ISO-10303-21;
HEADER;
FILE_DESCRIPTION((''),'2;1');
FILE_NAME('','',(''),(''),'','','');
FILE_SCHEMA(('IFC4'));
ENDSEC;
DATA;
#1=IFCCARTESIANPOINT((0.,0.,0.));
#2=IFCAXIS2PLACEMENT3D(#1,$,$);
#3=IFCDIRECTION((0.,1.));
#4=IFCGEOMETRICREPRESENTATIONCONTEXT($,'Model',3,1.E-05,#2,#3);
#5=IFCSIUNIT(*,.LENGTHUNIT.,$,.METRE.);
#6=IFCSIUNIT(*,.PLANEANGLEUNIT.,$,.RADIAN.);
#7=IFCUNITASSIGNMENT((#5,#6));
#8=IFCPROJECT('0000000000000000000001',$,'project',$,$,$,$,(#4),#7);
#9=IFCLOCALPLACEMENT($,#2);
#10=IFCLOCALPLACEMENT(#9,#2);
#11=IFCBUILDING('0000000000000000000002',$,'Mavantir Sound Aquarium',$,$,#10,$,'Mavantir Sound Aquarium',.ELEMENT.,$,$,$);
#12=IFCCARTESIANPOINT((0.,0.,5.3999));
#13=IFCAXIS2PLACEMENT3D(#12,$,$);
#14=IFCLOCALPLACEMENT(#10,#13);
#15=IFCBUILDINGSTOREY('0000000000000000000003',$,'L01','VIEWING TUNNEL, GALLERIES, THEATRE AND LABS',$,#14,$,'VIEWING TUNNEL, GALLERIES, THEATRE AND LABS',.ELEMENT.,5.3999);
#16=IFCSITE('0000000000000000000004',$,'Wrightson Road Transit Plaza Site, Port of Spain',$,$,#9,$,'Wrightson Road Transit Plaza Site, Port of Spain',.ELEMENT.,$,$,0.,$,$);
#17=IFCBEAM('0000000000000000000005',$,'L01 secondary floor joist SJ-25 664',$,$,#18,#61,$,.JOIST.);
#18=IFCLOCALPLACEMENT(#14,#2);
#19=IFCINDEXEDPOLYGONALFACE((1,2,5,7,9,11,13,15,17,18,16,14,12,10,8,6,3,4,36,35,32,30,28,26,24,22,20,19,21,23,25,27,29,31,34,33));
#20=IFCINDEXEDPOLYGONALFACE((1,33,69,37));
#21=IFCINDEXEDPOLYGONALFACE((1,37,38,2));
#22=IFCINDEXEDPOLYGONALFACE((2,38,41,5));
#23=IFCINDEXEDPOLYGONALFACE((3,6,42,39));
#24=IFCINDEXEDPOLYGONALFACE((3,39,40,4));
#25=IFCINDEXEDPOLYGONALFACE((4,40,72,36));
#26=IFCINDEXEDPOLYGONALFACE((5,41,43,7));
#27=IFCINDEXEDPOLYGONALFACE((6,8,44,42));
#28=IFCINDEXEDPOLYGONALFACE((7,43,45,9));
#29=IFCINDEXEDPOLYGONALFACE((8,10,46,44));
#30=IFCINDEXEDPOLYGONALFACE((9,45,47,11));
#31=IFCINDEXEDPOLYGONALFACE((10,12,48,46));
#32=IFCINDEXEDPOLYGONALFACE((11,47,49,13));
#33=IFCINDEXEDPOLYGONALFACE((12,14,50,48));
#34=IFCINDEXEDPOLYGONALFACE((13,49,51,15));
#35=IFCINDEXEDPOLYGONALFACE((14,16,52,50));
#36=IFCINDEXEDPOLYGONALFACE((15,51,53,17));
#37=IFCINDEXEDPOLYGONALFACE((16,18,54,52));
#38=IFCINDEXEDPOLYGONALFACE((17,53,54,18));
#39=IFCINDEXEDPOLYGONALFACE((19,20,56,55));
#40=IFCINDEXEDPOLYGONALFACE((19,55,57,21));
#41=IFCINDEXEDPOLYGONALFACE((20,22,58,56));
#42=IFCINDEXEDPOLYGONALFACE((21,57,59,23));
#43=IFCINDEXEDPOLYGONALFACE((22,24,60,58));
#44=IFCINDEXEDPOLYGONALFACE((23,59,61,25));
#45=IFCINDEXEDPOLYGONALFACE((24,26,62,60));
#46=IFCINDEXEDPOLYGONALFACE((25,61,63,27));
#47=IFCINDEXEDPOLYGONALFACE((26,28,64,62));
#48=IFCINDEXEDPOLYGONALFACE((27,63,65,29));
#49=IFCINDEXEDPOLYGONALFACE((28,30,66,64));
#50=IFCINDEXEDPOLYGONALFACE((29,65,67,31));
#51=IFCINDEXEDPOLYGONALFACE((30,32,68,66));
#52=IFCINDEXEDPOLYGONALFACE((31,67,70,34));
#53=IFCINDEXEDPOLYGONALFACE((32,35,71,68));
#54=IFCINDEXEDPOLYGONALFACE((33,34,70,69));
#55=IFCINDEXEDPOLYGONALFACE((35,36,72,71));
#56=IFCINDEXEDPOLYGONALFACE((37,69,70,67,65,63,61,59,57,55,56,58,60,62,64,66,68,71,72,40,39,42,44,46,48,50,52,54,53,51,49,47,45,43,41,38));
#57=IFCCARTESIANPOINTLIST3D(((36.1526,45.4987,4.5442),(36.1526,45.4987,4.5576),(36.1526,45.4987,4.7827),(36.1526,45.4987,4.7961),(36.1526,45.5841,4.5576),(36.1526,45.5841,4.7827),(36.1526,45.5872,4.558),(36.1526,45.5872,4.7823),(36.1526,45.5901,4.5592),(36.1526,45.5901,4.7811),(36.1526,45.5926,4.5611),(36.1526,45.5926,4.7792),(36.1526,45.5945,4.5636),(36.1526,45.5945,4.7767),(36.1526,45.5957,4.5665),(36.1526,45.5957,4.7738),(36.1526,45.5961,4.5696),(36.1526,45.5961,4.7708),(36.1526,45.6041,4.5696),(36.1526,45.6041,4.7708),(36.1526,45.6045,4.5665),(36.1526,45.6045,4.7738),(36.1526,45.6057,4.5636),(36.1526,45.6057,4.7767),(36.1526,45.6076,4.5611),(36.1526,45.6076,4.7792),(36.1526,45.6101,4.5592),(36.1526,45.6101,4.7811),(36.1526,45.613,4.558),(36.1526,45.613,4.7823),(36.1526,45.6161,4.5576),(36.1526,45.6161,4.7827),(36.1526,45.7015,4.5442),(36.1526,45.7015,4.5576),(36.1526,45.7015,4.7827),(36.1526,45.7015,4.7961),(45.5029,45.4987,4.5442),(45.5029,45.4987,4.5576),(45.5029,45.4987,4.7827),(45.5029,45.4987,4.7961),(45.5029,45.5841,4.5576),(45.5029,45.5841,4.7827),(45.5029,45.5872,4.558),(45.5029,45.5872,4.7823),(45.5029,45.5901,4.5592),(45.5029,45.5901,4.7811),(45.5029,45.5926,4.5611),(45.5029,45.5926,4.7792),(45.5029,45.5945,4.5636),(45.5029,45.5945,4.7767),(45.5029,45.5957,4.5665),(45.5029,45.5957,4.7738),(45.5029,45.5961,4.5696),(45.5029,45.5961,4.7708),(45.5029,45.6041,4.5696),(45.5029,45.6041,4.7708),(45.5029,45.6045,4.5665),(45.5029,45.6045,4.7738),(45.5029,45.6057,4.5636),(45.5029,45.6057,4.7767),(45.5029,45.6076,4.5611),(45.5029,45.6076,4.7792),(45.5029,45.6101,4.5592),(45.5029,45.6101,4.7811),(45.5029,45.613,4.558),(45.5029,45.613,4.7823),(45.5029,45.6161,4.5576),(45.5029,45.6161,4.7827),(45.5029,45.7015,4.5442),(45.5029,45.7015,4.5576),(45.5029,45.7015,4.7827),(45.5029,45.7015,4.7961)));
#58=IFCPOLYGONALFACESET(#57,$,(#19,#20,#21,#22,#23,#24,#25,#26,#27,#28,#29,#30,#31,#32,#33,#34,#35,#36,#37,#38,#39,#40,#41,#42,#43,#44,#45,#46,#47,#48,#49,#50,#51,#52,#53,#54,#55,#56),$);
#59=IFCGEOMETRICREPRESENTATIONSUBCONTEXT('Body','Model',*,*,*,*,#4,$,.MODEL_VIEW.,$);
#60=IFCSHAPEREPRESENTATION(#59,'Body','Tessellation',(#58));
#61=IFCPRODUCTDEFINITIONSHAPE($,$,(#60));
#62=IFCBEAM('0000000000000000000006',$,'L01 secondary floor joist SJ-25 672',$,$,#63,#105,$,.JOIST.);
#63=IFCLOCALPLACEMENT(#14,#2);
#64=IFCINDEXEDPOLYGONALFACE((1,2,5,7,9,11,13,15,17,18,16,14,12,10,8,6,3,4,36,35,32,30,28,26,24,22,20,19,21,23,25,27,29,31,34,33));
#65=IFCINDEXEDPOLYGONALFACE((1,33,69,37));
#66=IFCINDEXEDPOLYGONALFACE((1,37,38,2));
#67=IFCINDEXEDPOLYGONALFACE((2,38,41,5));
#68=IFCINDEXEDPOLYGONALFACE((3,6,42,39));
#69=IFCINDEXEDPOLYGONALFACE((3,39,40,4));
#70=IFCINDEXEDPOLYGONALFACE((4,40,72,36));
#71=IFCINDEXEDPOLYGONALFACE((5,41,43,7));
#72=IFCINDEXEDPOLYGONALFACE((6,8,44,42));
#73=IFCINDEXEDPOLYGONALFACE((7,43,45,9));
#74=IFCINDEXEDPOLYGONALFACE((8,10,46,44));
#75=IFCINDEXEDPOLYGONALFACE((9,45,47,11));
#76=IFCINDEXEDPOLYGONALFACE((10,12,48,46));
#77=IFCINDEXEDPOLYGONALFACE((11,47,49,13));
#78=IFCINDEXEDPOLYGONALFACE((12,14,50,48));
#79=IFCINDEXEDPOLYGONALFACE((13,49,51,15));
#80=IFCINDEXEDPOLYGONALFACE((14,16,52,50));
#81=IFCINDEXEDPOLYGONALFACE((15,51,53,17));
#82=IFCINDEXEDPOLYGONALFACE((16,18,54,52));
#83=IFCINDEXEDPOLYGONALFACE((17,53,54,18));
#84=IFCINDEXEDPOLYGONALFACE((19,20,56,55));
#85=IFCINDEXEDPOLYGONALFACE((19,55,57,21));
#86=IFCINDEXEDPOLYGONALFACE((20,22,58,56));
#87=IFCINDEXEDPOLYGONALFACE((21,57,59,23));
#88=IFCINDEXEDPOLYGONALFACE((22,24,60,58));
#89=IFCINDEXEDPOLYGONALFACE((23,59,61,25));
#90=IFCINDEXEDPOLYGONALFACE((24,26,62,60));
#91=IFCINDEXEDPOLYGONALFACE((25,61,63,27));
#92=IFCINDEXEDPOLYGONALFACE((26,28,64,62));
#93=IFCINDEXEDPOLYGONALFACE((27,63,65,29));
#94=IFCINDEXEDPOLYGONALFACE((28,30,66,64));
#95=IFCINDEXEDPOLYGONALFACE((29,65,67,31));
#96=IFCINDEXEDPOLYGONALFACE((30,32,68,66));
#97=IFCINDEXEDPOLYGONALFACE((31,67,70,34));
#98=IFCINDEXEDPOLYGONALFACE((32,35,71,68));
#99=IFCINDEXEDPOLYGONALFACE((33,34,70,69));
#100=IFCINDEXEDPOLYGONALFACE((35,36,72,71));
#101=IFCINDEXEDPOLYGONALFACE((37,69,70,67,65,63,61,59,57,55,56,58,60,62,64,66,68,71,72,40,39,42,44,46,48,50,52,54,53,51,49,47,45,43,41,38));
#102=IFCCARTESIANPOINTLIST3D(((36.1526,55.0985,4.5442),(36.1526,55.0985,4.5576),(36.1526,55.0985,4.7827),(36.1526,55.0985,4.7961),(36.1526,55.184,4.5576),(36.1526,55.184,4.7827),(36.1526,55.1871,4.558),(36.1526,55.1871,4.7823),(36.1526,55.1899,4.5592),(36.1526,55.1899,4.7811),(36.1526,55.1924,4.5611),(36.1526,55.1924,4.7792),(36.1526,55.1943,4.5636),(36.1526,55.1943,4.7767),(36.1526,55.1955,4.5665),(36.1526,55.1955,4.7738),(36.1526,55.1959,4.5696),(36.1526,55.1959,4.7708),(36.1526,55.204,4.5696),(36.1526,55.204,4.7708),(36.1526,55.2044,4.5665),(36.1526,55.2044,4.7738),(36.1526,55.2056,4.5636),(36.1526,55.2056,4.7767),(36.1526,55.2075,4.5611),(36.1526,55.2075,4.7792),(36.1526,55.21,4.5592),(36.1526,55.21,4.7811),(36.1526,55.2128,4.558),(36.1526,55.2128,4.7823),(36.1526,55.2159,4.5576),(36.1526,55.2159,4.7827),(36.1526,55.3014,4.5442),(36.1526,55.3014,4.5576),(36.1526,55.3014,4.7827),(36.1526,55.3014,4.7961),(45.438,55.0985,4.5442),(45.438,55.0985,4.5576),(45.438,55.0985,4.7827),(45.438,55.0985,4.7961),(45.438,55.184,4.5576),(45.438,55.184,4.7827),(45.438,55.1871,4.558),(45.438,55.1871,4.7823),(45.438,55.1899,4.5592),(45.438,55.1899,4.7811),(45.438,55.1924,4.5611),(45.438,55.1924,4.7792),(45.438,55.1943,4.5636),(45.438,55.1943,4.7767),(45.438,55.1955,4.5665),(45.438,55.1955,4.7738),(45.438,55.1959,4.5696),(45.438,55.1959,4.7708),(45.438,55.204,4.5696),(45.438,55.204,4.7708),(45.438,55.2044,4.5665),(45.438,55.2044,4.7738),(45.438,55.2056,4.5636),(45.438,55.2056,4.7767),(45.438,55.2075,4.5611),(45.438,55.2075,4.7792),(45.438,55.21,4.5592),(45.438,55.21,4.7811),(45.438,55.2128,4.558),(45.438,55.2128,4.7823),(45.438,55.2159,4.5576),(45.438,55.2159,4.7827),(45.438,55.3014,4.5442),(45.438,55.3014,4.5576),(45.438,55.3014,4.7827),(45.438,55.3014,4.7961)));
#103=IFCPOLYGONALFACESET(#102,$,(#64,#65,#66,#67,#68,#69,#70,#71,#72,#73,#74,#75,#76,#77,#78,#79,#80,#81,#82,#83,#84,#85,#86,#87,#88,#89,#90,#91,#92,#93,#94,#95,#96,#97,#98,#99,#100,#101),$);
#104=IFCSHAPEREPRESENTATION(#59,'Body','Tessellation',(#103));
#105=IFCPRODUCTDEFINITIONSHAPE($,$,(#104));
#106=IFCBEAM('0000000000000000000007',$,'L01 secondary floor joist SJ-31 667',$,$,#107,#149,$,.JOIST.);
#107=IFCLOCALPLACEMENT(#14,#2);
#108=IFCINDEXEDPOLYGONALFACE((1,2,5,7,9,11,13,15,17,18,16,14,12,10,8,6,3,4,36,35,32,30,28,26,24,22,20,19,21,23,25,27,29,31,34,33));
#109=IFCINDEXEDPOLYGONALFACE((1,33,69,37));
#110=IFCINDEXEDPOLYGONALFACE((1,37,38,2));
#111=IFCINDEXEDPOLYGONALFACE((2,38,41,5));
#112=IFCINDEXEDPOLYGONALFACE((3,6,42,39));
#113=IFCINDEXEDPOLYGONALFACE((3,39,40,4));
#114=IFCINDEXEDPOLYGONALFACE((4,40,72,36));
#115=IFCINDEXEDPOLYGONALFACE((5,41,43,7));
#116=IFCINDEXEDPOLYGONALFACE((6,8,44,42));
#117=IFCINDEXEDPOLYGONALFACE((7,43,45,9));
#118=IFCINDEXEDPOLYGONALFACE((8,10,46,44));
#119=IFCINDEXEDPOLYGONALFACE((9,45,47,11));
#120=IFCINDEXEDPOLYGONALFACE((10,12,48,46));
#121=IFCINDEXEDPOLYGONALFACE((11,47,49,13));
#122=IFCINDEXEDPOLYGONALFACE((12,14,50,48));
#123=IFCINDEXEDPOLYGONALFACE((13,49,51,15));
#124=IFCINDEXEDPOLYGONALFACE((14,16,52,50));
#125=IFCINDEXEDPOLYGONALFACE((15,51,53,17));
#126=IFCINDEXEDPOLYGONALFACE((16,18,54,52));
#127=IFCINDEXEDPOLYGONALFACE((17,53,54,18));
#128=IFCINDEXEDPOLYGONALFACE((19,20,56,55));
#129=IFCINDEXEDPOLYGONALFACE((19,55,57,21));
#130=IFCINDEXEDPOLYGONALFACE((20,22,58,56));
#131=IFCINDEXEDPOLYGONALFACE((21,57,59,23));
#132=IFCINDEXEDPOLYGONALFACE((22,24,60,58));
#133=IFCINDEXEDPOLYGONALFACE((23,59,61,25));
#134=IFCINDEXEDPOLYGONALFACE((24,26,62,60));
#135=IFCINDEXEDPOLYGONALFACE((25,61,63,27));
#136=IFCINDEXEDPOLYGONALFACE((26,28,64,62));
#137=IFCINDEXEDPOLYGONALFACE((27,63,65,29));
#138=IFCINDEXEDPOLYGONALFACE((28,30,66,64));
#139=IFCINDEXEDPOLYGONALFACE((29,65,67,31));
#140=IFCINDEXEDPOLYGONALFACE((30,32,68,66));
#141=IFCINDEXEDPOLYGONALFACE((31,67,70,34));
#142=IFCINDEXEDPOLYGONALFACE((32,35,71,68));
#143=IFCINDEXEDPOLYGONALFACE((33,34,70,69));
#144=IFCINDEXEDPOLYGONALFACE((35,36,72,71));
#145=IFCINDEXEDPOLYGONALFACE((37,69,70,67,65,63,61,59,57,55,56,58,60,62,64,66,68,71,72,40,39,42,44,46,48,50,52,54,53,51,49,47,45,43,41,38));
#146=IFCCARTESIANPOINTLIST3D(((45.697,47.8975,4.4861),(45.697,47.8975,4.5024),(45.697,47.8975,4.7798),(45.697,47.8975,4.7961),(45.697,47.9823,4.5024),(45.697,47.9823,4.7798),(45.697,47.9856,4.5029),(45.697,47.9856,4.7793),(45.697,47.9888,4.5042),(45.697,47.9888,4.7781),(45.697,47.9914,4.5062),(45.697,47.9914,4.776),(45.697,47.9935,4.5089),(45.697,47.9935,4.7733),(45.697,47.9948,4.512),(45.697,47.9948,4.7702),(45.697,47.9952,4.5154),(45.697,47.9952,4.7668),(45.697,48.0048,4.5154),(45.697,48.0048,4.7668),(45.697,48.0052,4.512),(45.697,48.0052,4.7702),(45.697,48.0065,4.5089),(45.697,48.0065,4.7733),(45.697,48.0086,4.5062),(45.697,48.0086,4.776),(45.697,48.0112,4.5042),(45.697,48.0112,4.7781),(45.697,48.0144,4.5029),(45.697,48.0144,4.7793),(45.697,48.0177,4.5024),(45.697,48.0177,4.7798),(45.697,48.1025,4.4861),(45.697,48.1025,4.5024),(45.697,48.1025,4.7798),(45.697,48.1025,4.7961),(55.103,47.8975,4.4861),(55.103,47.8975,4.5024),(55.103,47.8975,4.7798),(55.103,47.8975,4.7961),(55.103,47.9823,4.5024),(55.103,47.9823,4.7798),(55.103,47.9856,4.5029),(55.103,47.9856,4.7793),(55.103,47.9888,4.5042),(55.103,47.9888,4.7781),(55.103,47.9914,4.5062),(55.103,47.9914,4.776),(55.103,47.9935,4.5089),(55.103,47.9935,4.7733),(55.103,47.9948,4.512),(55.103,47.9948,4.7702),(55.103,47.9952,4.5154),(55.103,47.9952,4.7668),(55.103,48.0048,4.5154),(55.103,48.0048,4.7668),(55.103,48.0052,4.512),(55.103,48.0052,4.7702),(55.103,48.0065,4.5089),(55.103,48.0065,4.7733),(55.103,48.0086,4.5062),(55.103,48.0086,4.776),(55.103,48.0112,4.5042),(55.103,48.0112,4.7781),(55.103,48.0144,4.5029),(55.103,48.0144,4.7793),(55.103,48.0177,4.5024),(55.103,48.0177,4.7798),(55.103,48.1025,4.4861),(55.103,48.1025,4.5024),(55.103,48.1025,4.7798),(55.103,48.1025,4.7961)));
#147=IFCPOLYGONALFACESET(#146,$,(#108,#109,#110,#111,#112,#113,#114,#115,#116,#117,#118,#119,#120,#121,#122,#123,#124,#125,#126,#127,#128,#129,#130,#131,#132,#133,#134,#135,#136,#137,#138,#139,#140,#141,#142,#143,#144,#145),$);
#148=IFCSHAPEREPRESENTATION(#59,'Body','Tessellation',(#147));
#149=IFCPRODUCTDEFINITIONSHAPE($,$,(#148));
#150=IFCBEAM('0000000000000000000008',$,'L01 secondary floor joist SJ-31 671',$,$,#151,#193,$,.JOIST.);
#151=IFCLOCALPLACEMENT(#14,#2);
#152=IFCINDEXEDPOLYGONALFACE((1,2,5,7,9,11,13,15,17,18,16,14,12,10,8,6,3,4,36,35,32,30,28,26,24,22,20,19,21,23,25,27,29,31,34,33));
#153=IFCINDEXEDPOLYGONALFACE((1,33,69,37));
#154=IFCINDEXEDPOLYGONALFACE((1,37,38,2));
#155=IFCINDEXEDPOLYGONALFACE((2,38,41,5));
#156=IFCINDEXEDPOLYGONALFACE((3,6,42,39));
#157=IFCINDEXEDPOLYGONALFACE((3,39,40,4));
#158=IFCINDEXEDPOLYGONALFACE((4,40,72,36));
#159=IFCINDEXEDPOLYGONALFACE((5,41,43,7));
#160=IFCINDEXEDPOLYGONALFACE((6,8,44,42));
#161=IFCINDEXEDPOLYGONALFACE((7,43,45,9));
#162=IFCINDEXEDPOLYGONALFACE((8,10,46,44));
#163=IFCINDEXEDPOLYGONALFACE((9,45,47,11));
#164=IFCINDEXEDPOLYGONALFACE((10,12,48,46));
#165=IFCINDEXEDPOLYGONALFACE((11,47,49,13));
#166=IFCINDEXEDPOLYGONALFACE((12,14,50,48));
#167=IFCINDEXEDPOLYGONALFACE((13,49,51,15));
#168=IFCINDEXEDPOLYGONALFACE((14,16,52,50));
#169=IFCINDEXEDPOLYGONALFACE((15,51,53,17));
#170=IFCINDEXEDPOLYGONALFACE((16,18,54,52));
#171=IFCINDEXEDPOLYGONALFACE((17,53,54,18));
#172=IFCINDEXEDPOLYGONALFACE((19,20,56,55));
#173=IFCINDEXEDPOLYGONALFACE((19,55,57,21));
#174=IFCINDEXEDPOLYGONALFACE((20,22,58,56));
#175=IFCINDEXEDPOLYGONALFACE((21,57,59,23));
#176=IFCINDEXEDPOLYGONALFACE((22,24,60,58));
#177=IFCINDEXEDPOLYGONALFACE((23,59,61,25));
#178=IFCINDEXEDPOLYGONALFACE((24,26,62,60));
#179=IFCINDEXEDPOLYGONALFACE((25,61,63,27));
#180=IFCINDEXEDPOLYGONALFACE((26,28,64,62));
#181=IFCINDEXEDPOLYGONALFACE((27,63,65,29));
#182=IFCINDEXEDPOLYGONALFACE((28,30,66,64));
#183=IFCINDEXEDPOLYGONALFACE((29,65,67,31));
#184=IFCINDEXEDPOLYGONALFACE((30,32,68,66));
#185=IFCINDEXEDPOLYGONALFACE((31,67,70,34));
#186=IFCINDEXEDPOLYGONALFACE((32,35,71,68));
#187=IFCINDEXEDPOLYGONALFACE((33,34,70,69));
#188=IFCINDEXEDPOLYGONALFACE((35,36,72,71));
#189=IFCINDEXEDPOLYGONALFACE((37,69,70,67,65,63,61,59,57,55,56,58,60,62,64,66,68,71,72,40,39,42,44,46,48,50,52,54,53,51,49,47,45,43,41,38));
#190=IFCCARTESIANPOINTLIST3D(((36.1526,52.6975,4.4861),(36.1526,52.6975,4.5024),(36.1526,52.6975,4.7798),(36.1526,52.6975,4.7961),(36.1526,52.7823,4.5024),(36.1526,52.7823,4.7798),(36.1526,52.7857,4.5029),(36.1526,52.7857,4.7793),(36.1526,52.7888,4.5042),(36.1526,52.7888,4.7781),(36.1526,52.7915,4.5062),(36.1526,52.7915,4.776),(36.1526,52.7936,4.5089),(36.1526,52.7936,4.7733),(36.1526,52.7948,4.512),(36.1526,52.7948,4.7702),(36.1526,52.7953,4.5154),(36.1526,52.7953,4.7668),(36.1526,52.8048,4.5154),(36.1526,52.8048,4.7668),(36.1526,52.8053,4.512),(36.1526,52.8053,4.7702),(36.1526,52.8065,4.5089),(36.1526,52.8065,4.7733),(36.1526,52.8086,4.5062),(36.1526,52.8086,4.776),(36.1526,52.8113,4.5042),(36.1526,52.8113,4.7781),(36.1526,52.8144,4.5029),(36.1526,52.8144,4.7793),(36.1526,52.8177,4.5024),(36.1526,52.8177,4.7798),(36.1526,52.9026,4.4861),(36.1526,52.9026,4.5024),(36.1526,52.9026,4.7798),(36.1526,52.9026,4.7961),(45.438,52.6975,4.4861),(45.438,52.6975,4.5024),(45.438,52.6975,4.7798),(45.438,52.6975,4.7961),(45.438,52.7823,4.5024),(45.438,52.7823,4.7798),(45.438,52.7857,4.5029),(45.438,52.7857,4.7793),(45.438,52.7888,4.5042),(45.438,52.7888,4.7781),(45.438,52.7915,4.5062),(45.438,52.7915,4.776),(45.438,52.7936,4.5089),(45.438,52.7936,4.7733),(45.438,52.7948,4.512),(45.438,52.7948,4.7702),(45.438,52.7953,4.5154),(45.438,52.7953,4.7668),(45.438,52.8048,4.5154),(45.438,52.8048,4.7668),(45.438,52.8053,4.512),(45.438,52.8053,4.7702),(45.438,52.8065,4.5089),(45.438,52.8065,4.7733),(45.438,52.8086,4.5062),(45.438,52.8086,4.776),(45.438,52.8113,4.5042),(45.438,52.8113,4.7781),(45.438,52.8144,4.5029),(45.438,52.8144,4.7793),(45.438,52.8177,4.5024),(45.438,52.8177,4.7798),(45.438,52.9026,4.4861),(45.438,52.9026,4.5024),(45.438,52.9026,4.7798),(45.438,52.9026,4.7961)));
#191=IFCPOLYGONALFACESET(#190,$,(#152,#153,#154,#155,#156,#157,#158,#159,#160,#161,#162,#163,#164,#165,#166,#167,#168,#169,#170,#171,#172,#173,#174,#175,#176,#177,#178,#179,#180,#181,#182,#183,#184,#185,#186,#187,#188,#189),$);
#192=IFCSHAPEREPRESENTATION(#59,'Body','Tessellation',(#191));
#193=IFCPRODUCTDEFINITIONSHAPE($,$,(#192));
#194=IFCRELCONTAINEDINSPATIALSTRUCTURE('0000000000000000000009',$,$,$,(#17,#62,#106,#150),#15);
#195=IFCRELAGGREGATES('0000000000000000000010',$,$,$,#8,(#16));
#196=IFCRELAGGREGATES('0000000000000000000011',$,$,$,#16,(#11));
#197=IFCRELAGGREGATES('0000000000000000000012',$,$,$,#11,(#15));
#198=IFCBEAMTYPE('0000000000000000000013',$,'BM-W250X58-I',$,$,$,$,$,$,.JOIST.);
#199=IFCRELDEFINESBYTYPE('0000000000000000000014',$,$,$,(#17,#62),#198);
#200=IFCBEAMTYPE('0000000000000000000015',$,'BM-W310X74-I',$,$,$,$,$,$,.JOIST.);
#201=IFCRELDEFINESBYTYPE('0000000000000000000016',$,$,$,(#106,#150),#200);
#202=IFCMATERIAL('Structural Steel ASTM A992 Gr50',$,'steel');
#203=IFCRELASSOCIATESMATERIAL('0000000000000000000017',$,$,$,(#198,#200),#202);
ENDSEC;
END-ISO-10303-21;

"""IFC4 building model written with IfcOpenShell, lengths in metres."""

from ifc_helpers import new_model, si_unit, direction, frame, origin, origin_2d, place, context, subcontext, project, spatial, i_section, extrude, material, material_profile, profile_set, type_object, element, save


model = new_model("IFC4")

# Units and contexts
model_context = context("Model", 3, precision=1e-05, world=origin(), true_north=direction((0.0, 1.0)))
body_context = subcontext(model_context, "Body", "Model", "MODEL_VIEW")
ifc_project = project(units=[si_unit("LENGTHUNIT", "METRE"), si_unit("PLANEANGLEUNIT", "RADIAN")], contexts=[model_context])

# Site, building, storey
site_placement = place(None, origin())
site = spatial("IfcSite", under=ifc_project, at=site_placement, Name="Wrightson Road Transit Plaza Site, Port of Spain", LongName="Wrightson Road Transit Plaza Site, Port of Spain", CompositionType="ELEMENT", RefElevation=0.0)
building_placement = place(site_placement, origin())
building = spatial("IfcBuilding", under=site, at=building_placement, Name="Mavantir Sound Aquarium", LongName="Mavantir Sound Aquarium", CompositionType="ELEMENT")
storey_placement = place(building_placement, frame((0.0, 0.0, 5.3999)))
storey = spatial("IfcBuildingStorey", under=building, at=storey_placement, Name="L01", Description="VIEWING TUNNEL, GALLERIES, THEATRE AND LABS", LongName="VIEWING TUNNEL, GALLERIES, THEATRE AND LABS", CompositionType="ELEMENT", Elevation=5.3999)

# Beams
ifc_material_1 = material(Name="Structural Steel ASTM A992 Gr50", Category="steel")
ifc_material_profile_1 = material_profile(ifc_material_1, i_section(OverallWidth=0.2029, OverallDepth=0.252, WebThickness=0.0081, FlangeThickness=0.0134, FilletRadius=0.012, at=origin_2d()), Name="W250X58")
ifc_profile_set_1 = profile_set([ifc_material_profile_1], Name="Structural Steel ASTM A992 Gr50")
beam_type_1 = type_object("IfcBeamType", Name="BM-W250X58-I", PredefinedType="JOIST", material=ifc_profile_set_1)
beam_1_placement = place(storey_placement, frame((36.1526, 45.6001, 4.6702), z_axis=(1.0, 0.0, 0.0), x_axis=(0.0, 1.0, 0.0)))
element("IfcBeam", 1, at=beam_1_placement, inside=storey, type_object=beam_type_1, Name="L01 secondary floor joist SJ-25 664", PredefinedType="JOIST", context=body_context, shape_type="SweptSolid", body=[
    extrude(i_section(OverallWidth=0.2029, OverallDepth=0.252, WebThickness=0.0081, FlangeThickness=0.0134, FilletRadius=0.012, at=origin_2d()), origin(), (0.0, 0.0, 1.0), 9.3503),
])
beam_2_placement = place(storey_placement, frame((36.1526, 55.2, 4.6702), z_axis=(1.0, 0.0, 0.0), x_axis=(0.0, 1.0, 0.0)))
element("IfcBeam", 2, at=beam_2_placement, inside=storey, type_object=beam_type_1, Name="L01 secondary floor joist SJ-25 672", PredefinedType="JOIST", context=body_context, shape_type="SweptSolid", body=[
    extrude(i_section(OverallWidth=0.2029, OverallDepth=0.252, WebThickness=0.0081, FlangeThickness=0.0134, FilletRadius=0.012, at=origin_2d()), origin(), (0.0, 0.0, 1.0), 9.2854),
])
ifc_material_profile_2 = material_profile(ifc_material_1, i_section(OverallWidth=0.2051, OverallDepth=0.3101, WebThickness=0.0095, FlangeThickness=0.0164, FilletRadius=0.0129, at=origin_2d()), Name="W310X74")
ifc_profile_set_2 = profile_set([ifc_material_profile_2], Name="Structural Steel ASTM A992 Gr50")
beam_type_2 = type_object("IfcBeamType", Name="BM-W310X74-I", PredefinedType="JOIST", material=ifc_profile_set_2)
beam_3_placement = place(storey_placement, frame((45.697, 48.0, 4.6411), z_axis=(1.0, 0.0, 0.0), x_axis=(0.0, 1.0, 0.0)))
element("IfcBeam", 3, at=beam_3_placement, inside=storey, type_object=beam_type_2, Name="L01 secondary floor joist SJ-31 667", PredefinedType="JOIST", context=body_context, shape_type="SweptSolid", body=[
    extrude(i_section(OverallWidth=0.2051, OverallDepth=0.3101, WebThickness=0.0095, FlangeThickness=0.0164, FilletRadius=0.0129, at=origin_2d()), origin(), (0.0, 0.0, 1.0), 9.406),
])
beam_4_placement = place(storey_placement, frame((36.1526, 52.8, 4.6411), z_axis=(1.0, 0.0, 0.0), x_axis=(0.0, 1.0, 0.0)))
element("IfcBeam", 4, at=beam_4_placement, inside=storey, type_object=beam_type_2, Name="L01 secondary floor joist SJ-31 671", PredefinedType="JOIST", context=body_context, shape_type="SweptSolid", body=[
    extrude(i_section(OverallWidth=0.2051, OverallDepth=0.3101, WebThickness=0.0095, FlangeThickness=0.0164, FilletRadius=0.0129, at=origin_2d()), origin(), (0.0, 0.0, 1.0), 9.2854),
])

save(model, "model.ifc")
